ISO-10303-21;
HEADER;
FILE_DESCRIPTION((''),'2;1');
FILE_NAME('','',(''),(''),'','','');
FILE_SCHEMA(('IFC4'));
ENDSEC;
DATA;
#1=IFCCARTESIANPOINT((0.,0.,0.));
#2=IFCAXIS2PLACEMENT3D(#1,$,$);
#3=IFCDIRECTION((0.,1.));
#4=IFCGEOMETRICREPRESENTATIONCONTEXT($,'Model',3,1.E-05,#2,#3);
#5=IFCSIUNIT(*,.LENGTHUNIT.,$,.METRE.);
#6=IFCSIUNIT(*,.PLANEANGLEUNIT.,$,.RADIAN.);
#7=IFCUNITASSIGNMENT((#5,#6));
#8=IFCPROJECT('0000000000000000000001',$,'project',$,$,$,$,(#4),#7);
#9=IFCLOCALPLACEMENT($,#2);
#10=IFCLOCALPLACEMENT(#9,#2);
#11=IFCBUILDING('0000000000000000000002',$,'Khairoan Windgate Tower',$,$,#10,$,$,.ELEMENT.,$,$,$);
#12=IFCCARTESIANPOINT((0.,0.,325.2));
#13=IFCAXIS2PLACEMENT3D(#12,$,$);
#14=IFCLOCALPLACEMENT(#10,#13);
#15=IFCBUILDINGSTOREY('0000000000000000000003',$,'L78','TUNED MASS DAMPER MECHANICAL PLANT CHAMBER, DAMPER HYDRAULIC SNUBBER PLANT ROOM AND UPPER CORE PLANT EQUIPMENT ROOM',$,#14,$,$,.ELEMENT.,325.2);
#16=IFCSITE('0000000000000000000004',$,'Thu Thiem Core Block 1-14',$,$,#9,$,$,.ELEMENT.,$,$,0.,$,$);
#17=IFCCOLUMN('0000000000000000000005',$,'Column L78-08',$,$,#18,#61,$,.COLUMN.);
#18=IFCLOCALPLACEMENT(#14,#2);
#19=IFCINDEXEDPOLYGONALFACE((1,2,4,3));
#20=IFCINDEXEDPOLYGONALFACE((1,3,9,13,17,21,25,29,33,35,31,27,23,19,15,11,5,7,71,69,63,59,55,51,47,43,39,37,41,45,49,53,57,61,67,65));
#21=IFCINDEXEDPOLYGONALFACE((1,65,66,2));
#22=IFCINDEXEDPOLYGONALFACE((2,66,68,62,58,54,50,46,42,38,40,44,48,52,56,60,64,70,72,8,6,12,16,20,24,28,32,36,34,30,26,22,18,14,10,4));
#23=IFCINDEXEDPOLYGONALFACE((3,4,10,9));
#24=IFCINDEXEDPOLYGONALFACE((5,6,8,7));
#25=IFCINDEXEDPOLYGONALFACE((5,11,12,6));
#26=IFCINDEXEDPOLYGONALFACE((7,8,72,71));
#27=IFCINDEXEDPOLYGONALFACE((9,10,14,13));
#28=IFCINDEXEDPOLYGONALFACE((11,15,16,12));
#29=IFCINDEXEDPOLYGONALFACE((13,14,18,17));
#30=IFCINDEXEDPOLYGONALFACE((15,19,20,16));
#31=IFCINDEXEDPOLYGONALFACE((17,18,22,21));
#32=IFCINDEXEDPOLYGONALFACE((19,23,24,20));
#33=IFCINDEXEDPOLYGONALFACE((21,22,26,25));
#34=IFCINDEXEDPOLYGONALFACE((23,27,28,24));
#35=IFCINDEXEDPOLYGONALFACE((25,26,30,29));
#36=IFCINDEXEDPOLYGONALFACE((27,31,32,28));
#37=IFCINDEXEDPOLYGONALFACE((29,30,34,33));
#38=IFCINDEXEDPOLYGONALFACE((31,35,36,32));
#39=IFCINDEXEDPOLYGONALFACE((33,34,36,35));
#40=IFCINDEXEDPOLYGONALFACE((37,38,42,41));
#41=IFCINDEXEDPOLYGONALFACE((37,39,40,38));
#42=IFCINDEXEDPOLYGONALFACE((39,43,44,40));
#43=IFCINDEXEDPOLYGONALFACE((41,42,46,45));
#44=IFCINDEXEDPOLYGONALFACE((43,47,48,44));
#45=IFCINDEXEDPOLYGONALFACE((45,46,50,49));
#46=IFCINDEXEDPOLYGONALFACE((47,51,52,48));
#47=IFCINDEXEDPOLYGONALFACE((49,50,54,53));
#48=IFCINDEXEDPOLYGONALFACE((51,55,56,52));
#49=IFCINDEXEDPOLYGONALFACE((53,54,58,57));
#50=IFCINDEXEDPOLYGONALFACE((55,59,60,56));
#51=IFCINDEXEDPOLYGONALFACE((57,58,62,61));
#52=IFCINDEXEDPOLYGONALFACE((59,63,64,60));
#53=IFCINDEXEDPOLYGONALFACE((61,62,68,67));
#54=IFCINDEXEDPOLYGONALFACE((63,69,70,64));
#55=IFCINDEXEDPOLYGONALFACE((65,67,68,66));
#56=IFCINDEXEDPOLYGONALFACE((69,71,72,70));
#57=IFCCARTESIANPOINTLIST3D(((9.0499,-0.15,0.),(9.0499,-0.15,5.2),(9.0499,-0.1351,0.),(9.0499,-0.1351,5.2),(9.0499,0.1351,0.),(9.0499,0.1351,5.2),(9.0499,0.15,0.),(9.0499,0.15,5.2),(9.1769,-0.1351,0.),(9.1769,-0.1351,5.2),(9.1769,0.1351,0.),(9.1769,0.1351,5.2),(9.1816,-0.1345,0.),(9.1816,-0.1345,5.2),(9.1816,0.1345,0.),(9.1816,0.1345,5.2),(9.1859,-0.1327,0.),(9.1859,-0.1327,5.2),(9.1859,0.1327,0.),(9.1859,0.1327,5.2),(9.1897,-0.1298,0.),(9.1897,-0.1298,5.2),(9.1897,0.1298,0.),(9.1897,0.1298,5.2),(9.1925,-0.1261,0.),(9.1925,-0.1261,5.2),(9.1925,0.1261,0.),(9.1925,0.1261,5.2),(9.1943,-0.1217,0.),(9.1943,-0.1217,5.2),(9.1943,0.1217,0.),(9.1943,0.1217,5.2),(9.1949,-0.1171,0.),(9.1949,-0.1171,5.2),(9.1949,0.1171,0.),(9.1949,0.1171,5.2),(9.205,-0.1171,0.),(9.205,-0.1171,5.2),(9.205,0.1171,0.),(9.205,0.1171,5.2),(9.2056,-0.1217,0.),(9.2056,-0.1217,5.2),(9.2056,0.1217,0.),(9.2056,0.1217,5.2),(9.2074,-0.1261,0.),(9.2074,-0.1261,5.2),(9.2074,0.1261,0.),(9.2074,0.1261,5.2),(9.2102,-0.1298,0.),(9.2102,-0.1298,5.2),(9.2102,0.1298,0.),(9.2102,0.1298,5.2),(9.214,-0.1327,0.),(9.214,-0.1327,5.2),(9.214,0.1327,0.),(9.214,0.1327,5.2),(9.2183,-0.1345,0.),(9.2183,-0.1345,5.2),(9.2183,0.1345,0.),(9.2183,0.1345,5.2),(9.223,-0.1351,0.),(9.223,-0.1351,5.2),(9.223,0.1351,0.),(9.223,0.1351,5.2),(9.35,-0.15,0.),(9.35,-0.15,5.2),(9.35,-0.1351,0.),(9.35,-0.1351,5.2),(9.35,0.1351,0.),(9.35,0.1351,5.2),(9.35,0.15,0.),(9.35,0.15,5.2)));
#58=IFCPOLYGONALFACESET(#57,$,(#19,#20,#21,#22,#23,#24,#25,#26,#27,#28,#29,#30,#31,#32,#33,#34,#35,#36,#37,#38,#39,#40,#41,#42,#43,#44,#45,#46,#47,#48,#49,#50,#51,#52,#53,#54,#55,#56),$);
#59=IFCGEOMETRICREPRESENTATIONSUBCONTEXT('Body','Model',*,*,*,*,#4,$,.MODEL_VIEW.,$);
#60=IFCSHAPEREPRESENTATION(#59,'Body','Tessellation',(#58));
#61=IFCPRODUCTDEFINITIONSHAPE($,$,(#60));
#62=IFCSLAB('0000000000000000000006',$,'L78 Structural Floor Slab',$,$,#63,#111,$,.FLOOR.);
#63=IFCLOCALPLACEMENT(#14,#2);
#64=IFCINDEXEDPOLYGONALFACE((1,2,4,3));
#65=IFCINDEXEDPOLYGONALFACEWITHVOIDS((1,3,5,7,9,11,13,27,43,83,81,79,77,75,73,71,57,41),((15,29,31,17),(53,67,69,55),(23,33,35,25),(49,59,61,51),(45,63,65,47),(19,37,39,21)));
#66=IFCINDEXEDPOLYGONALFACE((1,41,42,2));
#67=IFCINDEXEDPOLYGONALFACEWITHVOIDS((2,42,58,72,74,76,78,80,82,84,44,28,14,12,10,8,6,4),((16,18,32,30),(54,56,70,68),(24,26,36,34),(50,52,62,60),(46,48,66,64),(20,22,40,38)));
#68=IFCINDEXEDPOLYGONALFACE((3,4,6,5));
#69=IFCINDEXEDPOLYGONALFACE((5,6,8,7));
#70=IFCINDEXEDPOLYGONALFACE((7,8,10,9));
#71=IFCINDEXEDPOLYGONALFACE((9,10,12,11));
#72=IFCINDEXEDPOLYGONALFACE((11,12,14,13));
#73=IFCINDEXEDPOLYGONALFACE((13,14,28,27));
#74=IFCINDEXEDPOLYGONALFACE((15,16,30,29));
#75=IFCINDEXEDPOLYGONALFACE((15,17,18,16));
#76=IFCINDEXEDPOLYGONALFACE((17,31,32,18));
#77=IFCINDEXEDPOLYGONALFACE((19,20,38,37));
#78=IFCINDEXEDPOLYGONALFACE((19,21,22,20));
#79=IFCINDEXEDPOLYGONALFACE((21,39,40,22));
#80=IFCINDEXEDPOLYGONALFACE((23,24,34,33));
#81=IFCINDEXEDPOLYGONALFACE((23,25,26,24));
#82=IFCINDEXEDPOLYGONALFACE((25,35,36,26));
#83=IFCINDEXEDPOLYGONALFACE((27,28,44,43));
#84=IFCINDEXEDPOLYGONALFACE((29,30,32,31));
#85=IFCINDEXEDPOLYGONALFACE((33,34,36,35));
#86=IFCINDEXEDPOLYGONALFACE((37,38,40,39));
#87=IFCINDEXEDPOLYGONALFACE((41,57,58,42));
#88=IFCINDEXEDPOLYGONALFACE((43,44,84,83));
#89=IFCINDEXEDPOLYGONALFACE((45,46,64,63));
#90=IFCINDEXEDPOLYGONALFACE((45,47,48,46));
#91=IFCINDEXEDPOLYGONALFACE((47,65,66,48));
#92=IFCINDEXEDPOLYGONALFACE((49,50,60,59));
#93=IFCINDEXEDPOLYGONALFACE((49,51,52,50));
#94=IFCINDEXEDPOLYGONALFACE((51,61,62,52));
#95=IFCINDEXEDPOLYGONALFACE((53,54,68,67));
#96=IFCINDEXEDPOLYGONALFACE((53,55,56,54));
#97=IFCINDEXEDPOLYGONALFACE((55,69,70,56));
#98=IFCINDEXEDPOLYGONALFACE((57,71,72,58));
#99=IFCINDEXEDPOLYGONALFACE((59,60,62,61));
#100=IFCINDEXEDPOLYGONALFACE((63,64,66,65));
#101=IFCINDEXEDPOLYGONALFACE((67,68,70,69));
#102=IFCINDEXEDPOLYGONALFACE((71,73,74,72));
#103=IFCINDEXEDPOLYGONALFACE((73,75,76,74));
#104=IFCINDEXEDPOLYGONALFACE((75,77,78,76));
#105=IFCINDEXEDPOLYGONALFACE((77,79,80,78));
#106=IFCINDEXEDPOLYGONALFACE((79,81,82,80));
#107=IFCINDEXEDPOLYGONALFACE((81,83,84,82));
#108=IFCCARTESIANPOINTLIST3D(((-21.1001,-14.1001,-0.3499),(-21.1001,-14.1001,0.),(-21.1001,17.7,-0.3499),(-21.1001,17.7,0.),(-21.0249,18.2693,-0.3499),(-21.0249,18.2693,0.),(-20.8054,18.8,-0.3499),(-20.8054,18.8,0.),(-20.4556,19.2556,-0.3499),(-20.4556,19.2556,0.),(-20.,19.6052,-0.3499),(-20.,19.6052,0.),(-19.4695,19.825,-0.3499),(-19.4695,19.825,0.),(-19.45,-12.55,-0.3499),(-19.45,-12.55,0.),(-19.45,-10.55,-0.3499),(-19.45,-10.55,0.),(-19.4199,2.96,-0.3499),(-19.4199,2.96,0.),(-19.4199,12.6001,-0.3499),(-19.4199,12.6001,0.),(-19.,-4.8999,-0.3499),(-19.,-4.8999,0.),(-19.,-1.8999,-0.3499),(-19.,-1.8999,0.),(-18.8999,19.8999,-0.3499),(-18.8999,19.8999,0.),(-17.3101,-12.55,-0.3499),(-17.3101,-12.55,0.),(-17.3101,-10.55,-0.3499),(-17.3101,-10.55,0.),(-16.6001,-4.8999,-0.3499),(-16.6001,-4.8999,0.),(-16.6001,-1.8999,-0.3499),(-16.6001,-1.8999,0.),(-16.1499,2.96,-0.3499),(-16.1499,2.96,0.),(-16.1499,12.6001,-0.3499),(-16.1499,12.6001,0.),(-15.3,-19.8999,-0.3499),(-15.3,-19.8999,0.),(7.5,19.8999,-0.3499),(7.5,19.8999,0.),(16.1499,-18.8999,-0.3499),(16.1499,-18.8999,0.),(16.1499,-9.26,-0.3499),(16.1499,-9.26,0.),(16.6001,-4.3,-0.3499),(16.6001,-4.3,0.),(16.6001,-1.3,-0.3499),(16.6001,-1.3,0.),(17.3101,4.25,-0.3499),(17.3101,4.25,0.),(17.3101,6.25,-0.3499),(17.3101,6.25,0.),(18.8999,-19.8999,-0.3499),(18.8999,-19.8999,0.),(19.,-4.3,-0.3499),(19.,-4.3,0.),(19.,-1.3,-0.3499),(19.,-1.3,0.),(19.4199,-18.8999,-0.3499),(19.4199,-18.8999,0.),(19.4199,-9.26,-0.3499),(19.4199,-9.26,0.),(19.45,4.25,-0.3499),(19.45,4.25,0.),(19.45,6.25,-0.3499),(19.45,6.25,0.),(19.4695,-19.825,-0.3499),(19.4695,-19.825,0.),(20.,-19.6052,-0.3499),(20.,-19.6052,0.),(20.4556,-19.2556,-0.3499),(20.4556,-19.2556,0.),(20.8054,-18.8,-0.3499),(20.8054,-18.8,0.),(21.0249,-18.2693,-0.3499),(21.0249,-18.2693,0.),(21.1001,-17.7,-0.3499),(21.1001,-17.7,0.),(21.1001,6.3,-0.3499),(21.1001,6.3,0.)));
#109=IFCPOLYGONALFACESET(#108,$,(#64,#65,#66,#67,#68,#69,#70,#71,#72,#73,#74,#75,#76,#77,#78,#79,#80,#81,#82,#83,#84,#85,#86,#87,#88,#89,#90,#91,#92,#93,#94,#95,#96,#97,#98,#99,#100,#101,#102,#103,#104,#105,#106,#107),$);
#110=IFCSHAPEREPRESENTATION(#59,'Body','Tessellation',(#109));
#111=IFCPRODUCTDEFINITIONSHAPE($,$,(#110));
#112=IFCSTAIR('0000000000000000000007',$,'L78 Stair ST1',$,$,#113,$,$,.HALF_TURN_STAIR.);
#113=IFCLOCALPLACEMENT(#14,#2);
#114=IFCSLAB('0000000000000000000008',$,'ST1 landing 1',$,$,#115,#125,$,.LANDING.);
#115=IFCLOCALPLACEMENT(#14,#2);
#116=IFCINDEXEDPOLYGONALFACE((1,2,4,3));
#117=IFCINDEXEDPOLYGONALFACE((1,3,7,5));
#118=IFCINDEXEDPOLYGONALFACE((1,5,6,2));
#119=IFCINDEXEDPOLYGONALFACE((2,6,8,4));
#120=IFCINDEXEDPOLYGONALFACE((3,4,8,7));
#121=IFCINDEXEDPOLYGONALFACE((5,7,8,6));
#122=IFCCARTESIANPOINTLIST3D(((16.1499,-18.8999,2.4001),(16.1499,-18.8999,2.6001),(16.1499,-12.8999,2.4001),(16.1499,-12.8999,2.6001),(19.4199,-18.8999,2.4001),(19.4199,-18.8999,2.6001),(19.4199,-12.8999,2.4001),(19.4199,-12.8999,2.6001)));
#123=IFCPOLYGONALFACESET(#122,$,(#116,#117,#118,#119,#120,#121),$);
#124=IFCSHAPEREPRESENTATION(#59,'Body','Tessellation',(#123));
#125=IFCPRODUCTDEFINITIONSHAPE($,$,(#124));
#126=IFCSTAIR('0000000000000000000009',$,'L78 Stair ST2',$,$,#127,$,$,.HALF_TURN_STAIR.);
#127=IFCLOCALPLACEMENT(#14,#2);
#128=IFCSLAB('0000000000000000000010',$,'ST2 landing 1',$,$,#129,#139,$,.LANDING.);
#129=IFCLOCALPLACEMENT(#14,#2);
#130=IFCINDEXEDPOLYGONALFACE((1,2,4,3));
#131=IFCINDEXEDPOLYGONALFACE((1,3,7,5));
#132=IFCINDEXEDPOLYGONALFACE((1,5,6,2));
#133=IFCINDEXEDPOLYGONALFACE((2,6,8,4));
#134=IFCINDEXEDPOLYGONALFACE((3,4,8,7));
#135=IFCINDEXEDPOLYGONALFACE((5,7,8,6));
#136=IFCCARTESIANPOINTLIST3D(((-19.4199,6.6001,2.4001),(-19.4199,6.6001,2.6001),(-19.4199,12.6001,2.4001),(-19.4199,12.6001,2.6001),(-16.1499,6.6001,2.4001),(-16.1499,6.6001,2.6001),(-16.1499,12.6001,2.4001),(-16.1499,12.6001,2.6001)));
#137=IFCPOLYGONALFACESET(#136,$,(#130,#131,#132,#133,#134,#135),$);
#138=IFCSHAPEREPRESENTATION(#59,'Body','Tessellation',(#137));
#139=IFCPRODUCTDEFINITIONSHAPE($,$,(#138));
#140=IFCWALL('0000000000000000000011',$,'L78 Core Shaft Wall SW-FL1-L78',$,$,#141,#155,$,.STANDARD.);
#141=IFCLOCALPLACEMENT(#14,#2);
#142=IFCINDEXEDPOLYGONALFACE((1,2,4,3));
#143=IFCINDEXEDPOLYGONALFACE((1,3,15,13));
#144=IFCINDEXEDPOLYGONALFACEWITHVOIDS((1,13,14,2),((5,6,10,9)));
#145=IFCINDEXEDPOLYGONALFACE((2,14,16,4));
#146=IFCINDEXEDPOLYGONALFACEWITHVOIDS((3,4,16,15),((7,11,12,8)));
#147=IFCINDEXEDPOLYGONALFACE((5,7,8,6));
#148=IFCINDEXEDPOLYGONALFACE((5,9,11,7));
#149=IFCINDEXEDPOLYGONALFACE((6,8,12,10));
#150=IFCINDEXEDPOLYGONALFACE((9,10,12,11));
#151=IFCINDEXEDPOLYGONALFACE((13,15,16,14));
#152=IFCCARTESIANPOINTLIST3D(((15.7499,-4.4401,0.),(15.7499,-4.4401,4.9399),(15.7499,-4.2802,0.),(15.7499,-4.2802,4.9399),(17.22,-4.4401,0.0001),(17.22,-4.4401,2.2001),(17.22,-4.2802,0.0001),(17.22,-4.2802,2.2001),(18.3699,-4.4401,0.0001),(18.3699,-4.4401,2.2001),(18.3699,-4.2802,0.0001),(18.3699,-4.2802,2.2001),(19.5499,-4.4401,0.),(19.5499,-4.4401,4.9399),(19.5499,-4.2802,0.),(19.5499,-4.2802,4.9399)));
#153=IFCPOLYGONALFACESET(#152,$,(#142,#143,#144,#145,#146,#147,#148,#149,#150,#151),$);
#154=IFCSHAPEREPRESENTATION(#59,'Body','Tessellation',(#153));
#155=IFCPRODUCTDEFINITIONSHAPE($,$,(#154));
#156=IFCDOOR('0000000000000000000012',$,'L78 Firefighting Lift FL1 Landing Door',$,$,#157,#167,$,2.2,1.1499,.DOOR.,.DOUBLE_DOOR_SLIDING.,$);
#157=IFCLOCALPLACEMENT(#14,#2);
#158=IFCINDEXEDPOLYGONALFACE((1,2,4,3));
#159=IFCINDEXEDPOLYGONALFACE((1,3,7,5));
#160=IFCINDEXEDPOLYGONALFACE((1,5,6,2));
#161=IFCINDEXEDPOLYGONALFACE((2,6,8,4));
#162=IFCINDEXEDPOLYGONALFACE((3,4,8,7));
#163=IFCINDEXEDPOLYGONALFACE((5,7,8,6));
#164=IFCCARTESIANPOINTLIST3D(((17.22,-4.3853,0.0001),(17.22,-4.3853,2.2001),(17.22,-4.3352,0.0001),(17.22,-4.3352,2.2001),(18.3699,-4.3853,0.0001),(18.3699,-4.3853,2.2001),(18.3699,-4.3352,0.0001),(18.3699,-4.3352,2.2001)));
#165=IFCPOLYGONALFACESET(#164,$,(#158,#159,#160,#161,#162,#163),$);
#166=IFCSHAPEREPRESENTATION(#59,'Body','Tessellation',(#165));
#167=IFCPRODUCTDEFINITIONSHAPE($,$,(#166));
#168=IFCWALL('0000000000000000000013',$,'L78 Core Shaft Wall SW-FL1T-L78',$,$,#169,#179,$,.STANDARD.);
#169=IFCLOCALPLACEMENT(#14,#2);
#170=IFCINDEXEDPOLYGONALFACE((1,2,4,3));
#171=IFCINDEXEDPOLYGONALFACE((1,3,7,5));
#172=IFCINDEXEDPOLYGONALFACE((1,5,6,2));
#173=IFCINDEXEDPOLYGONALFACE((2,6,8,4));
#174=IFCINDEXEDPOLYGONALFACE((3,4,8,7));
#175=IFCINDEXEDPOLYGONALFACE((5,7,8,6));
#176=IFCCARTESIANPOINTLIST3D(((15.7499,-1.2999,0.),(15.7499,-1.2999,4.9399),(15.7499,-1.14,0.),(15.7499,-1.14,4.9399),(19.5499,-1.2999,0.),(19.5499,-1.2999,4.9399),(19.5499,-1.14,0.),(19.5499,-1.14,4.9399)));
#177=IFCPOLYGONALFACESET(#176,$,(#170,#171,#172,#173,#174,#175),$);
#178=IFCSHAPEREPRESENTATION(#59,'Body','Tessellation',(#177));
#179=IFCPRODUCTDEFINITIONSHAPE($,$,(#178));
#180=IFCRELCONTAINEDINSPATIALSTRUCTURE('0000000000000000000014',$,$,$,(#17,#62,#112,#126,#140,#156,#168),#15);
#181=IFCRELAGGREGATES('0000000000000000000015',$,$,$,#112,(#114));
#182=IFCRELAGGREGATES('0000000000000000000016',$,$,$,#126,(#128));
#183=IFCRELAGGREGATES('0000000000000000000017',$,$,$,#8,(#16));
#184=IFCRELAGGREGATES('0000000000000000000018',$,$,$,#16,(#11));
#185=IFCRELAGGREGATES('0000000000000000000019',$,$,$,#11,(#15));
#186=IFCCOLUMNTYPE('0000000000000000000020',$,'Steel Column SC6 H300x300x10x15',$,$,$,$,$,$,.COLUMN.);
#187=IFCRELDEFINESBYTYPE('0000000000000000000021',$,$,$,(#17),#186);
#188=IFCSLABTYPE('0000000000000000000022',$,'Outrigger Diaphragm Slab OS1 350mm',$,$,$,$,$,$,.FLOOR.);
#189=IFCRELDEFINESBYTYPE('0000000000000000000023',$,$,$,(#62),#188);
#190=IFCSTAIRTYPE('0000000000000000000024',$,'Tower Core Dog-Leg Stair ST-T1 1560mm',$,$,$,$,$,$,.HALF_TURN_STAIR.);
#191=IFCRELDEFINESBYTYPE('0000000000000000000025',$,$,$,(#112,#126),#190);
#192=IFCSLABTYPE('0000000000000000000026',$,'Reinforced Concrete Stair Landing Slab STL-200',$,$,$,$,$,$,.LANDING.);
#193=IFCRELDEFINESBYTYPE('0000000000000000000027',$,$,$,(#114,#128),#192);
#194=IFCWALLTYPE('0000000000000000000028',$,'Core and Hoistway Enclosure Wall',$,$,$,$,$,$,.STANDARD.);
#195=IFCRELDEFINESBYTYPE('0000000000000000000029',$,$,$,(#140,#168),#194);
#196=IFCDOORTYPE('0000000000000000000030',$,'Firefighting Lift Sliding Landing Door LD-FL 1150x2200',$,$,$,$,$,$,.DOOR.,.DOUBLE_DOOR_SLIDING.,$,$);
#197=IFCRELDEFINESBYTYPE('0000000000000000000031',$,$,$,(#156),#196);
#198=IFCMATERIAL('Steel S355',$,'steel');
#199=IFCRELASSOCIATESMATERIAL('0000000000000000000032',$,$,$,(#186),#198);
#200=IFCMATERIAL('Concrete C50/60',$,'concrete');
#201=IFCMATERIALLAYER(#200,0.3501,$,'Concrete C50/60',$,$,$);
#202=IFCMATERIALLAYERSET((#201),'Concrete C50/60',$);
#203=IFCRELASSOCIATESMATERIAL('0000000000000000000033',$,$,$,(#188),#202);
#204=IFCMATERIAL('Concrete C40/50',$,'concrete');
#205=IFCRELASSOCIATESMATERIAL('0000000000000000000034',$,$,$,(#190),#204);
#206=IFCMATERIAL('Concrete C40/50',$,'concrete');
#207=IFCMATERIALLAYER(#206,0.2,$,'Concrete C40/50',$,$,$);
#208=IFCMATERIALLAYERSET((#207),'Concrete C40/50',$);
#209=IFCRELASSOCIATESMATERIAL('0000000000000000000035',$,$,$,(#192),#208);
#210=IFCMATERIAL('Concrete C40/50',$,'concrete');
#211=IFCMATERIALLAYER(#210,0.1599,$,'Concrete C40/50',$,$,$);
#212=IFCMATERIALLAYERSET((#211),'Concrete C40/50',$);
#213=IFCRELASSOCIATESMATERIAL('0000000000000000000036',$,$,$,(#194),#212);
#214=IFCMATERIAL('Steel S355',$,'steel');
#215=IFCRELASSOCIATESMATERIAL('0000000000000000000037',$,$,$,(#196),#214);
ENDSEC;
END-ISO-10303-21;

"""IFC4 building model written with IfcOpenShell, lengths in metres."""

from ifc_helpers import new_model, si_unit, direction, frame, frame_2d, origin, origin_2d, place, context, subcontext, project, spatial, polyline, rectangle, i_section, outline, extrude, material, layer, layer_set, material_profile, profile_set, type_object, element, fill, aggregate, save


model = new_model("IFC4")

# Units and contexts
model_context = context("Model", 3, precision=1e-05, world=origin(), true_north=direction((0.0, 1.0)))
body_context = subcontext(model_context, "Body", "Model", "MODEL_VIEW")
ifc_project = project(units=[si_unit("LENGTHUNIT", "METRE"), si_unit("PLANEANGLEUNIT", "RADIAN")], contexts=[model_context])

# Site, building, storey
site_placement = place(None, origin())
site = spatial("IfcSite", under=ifc_project, at=site_placement, Name="Thu Thiem Core Block 1-14", CompositionType="ELEMENT", RefElevation=0.0)
building_placement = place(site_placement, origin())
building = spatial("IfcBuilding", under=site, at=building_placement, Name="Khairoan Windgate Tower", CompositionType="ELEMENT")
storey_placement = place(building_placement, frame((0.0, 0.0, 325.2)))
storey = spatial("IfcBuildingStorey", under=building, at=storey_placement, Name="L78", Description="TUNED MASS DAMPER MECHANICAL PLANT CHAMBER, DAMPER HYDRAULIC SNUBBER PLANT ROOM AND UPPER CORE PLANT EQUIPMENT ROOM", CompositionType="ELEMENT", Elevation=325.2)

# Column
ifc_material_1 = material(Name="Steel S355", Category="steel")
ifc_material_profile = material_profile(ifc_material_1, i_section(OverallWidth=0.3, OverallDepth=0.3, WebThickness=0.01, FlangeThickness=0.0149, FilletRadius=0.0181, at=origin_2d()))
ifc_profile_set = profile_set([ifc_material_profile], Name="Steel S355")
column_type = type_object("IfcColumnType", Name="Steel Column SC6 H300x300x10x15", PredefinedType="COLUMN", material=ifc_profile_set)
column_placement = place(storey_placement, frame((9.2, 0.0, 0.0), z_axis=(0.0, 0.0, 1.0), x_axis=(1.0, 0.0, 0.0)))
element("IfcColumn", 1, at=column_placement, inside=storey, type_object=column_type, Name="Column L78-08", PredefinedType="COLUMN", context=body_context, shape_type="SweptSolid", body=[
    extrude(i_section(OverallWidth=0.3, OverallDepth=0.3, WebThickness=0.01, FlangeThickness=0.0149, FilletRadius=0.0181, at=origin_2d()), origin(), (0.0, 0.0, 1.0), 5.2),
])

# Slab
ifc_material_2 = material(Name="Concrete C50/60", Category="concrete")
ifc_layer_1 = layer(ifc_material_2, 0.3501, Name="Concrete C50/60")
ifc_layer_set_1 = layer_set([ifc_layer_1], Name="Concrete C50/60")
slab_type_1 = type_object("IfcSlabType", Name="Outrigger Diaphragm Slab OS1 350mm", PredefinedType="FLOOR", material=ifc_layer_set_1)
slab_1_placement = place(storey_placement, frame((0.0, 0.0, -0.3499)))
element("IfcSlab", 2, at=slab_1_placement, inside=storey, type_object=slab_type_1, Name="L78 Structural Floor Slab", PredefinedType="FLOOR", context=body_context, shape_type="SweptSolid", body=[
    extrude(outline(polyline([(18.8999, -19.8999), (19.4695, -19.825), (20.0, -19.6052), (20.4556, -19.2556), (20.8054, -18.8), (21.0249, -18.2693), (21.1001, -17.7), (21.1001, 6.3), (7.5, 19.8999), (-18.8999, 19.8999), (-19.4695, 19.825), (-20.0, 19.6052), (-20.4556, 19.2556), (-20.8054, 18.8), (-21.0249, 18.2693), (-21.1001, 17.7), (-21.1001, -14.1001), (-15.3, -19.8999), (18.8999, -19.8999)]), holes=[polyline([(16.1499, -9.26), (16.1499, -18.8999), (19.4199, -18.8999), (19.4199, -9.26), (16.1499, -9.26)]), polyline([(-16.1499, 2.96), (-16.1499, 12.6001), (-19.4199, 12.6001), (-19.4199, 2.96), (-16.1499, 2.96)]), polyline([(16.6001, -4.3), (19.0, -4.3), (19.0, -1.3), (16.6001, -1.3), (16.6001, -4.3)]), polyline([(-19.0, -4.8999), (-16.6001, -4.8999), (-16.6001, -1.8999), (-19.0, -1.8999), (-19.0, -4.8999)]), polyline([(-19.45, -12.55), (-17.3101, -12.55), (-17.3101, -10.55), (-19.45, -10.55), (-19.45, -12.55)]), polyline([(17.3101, 4.25), (19.45, 4.25), (19.45, 6.25), (17.3101, 6.25), (17.3101, 4.25)])]), origin(), (0.0, 0.0, 1.0), 0.3499),
])

# Stairs, slabs
ifc_material_3 = material(Name="Concrete C40/50", Category="concrete")
stair_type = type_object("IfcStairType", Name="Tower Core Dog-Leg Stair ST-T1 1560mm", PredefinedType="HALF_TURN_STAIR", material=ifc_material_3)
stair_1_placement = place(storey_placement, origin())
stair_1 = element("IfcStair", 3, at=stair_1_placement, inside=storey, type_object=stair_type, Name="L78 Stair ST1", PredefinedType="HALF_TURN_STAIR")
ifc_material_4 = material(Name="Concrete C40/50", Category="concrete")
ifc_layer_2 = layer(ifc_material_4, 0.2, Name="Concrete C40/50")
ifc_layer_set_2 = layer_set([ifc_layer_2], Name="Concrete C40/50")
slab_type_2 = type_object("IfcSlabType", Name="Reinforced Concrete Stair Landing Slab STL-200", PredefinedType="LANDING", material=ifc_layer_set_2)
slab_2_placement = place(storey_placement, frame((0.0, 0.0, 2.4001)))
slab_2 = element("IfcSlab", 4, at=slab_2_placement, type_object=slab_type_2, Name="ST1 landing 1", PredefinedType="LANDING", context=body_context, shape_type="SweptSolid", body=[
    extrude(outline(polyline([(16.1499, -12.8999), (16.1499, -18.8999), (19.4199, -18.8999), (19.4199, -12.8999), (16.1499, -12.8999)])), origin(), (0.0, 0.0, 1.0), 0.2),
])
aggregate(stair_1, [slab_2])
stair_2_placement = place(storey_placement, origin())
stair_2 = element("IfcStair", 5, at=stair_2_placement, inside=storey, type_object=stair_type, Name="L78 Stair ST2", PredefinedType="HALF_TURN_STAIR")
slab_3_placement = place(storey_placement, frame((0.0, 0.0, 2.4001)))
slab_3 = element("IfcSlab", 6, at=slab_3_placement, type_object=slab_type_2, Name="ST2 landing 1", PredefinedType="LANDING", context=body_context, shape_type="SweptSolid", body=[
    extrude(outline(polyline([(-16.1499, 6.6001), (-16.1499, 12.6001), (-19.4199, 12.6001), (-19.4199, 6.6001), (-16.1499, 6.6001)])), origin(), (0.0, 0.0, 1.0), 0.2),
])
aggregate(stair_2, [slab_3])

# Wall, opening, door
ifc_material_5 = material(Name="Concrete C40/50", Category="concrete")
ifc_layer_3 = layer(ifc_material_5, 0.1599, Name="Concrete C40/50")
ifc_layer_set_3 = layer_set([ifc_layer_3], Name="Concrete C40/50")
wall_type_1 = type_object("IfcWallType", Name="Core and Hoistway Enclosure Wall", PredefinedType="STANDARD", material=ifc_layer_set_3)
wall_1_placement = place(storey_placement, frame((15.75, -4.3601, 0.0), z_axis=(0.0, 0.0, 1.0), x_axis=(1.0, 0.0, 0.0)))
wall_1 = element("IfcWall", 7, at=wall_1_placement, inside=storey, type_object=wall_type_1, Name="L78 Core Shaft Wall SW-FL1-L78", PredefinedType="STANDARD", context=body_context, shape_type="SweptSolid", body=[
    extrude(rectangle(XDim=3.8, YDim=0.1599, at=frame_2d((1.8999, 0.0))), origin(), (0.0, 0.0, 1.0), 4.9399),
])
opening_1_placement = place(wall_1_placement, frame((1.47, 0.0, 0.0)))
opening_1 = element("IfcOpeningElement", 8, at=opening_1_placement, cuts=wall_1, PredefinedType="OPENING", context=body_context, shape_type="SweptSolid", body=[
    extrude(rectangle(XDim=1.1499, YDim=2.2, at=frame_2d((0.575, 1.1001))), frame((0.0, 0.0898, 0.0), z_axis=(0.0, -1.0, 0.0), x_axis=(1.0, 0.0, 0.0)), (0.0, 0.0, 1.0), 0.1799),
])
ifc_material_6 = material(Name="Steel S355", Category="steel")
door_type_1 = type_object("IfcDoorType", Name="Firefighting Lift Sliding Landing Door LD-FL 1150x2200", OperationType="DOUBLE_DOOR_SLIDING", PredefinedType="DOOR", material=ifc_material_6)
door_1_placement = place(opening_1_placement, origin())
door_1 = element("IfcDoor", 9, at=door_1_placement, inside=storey, type_object=door_type_1, Name="L78 Firefighting Lift FL1 Landing Door", OperationType="DOUBLE_DOOR_SLIDING", OverallHeight=2.2, OverallWidth=1.1499, PredefinedType="DOOR", context=body_context, shape_type="SweptSolid", body=[
    extrude(rectangle(XDim=1.1499, YDim=2.2, at=frame_2d((0.575, 1.1001))), frame((0.0, 0.0249, 0.0), z_axis=(0.0, -1.0, 0.0), x_axis=(1.0, 0.0, 0.0)), (0.0, 0.0, 1.0), 0.05),
])
fill(opening_1, door_1)

# Wall
wall_2_placement = place(storey_placement, frame((15.75, -1.22, 0.0), z_axis=(0.0, 0.0, 1.0), x_axis=(1.0, 0.0, 0.0)))
element("IfcWall", 10, at=wall_2_placement, inside=storey, type_object=wall_type_1, Name="L78 Core Shaft Wall SW-FL1T-L78", PredefinedType="STANDARD", context=body_context, shape_type="SweptSolid", body=[
    extrude(rectangle(XDim=3.8, YDim=0.1599, at=frame_2d((1.8999, 0.0))), origin(), (0.0, 0.0, 1.0), 4.9399),
])

save(model, "model.ifc")
